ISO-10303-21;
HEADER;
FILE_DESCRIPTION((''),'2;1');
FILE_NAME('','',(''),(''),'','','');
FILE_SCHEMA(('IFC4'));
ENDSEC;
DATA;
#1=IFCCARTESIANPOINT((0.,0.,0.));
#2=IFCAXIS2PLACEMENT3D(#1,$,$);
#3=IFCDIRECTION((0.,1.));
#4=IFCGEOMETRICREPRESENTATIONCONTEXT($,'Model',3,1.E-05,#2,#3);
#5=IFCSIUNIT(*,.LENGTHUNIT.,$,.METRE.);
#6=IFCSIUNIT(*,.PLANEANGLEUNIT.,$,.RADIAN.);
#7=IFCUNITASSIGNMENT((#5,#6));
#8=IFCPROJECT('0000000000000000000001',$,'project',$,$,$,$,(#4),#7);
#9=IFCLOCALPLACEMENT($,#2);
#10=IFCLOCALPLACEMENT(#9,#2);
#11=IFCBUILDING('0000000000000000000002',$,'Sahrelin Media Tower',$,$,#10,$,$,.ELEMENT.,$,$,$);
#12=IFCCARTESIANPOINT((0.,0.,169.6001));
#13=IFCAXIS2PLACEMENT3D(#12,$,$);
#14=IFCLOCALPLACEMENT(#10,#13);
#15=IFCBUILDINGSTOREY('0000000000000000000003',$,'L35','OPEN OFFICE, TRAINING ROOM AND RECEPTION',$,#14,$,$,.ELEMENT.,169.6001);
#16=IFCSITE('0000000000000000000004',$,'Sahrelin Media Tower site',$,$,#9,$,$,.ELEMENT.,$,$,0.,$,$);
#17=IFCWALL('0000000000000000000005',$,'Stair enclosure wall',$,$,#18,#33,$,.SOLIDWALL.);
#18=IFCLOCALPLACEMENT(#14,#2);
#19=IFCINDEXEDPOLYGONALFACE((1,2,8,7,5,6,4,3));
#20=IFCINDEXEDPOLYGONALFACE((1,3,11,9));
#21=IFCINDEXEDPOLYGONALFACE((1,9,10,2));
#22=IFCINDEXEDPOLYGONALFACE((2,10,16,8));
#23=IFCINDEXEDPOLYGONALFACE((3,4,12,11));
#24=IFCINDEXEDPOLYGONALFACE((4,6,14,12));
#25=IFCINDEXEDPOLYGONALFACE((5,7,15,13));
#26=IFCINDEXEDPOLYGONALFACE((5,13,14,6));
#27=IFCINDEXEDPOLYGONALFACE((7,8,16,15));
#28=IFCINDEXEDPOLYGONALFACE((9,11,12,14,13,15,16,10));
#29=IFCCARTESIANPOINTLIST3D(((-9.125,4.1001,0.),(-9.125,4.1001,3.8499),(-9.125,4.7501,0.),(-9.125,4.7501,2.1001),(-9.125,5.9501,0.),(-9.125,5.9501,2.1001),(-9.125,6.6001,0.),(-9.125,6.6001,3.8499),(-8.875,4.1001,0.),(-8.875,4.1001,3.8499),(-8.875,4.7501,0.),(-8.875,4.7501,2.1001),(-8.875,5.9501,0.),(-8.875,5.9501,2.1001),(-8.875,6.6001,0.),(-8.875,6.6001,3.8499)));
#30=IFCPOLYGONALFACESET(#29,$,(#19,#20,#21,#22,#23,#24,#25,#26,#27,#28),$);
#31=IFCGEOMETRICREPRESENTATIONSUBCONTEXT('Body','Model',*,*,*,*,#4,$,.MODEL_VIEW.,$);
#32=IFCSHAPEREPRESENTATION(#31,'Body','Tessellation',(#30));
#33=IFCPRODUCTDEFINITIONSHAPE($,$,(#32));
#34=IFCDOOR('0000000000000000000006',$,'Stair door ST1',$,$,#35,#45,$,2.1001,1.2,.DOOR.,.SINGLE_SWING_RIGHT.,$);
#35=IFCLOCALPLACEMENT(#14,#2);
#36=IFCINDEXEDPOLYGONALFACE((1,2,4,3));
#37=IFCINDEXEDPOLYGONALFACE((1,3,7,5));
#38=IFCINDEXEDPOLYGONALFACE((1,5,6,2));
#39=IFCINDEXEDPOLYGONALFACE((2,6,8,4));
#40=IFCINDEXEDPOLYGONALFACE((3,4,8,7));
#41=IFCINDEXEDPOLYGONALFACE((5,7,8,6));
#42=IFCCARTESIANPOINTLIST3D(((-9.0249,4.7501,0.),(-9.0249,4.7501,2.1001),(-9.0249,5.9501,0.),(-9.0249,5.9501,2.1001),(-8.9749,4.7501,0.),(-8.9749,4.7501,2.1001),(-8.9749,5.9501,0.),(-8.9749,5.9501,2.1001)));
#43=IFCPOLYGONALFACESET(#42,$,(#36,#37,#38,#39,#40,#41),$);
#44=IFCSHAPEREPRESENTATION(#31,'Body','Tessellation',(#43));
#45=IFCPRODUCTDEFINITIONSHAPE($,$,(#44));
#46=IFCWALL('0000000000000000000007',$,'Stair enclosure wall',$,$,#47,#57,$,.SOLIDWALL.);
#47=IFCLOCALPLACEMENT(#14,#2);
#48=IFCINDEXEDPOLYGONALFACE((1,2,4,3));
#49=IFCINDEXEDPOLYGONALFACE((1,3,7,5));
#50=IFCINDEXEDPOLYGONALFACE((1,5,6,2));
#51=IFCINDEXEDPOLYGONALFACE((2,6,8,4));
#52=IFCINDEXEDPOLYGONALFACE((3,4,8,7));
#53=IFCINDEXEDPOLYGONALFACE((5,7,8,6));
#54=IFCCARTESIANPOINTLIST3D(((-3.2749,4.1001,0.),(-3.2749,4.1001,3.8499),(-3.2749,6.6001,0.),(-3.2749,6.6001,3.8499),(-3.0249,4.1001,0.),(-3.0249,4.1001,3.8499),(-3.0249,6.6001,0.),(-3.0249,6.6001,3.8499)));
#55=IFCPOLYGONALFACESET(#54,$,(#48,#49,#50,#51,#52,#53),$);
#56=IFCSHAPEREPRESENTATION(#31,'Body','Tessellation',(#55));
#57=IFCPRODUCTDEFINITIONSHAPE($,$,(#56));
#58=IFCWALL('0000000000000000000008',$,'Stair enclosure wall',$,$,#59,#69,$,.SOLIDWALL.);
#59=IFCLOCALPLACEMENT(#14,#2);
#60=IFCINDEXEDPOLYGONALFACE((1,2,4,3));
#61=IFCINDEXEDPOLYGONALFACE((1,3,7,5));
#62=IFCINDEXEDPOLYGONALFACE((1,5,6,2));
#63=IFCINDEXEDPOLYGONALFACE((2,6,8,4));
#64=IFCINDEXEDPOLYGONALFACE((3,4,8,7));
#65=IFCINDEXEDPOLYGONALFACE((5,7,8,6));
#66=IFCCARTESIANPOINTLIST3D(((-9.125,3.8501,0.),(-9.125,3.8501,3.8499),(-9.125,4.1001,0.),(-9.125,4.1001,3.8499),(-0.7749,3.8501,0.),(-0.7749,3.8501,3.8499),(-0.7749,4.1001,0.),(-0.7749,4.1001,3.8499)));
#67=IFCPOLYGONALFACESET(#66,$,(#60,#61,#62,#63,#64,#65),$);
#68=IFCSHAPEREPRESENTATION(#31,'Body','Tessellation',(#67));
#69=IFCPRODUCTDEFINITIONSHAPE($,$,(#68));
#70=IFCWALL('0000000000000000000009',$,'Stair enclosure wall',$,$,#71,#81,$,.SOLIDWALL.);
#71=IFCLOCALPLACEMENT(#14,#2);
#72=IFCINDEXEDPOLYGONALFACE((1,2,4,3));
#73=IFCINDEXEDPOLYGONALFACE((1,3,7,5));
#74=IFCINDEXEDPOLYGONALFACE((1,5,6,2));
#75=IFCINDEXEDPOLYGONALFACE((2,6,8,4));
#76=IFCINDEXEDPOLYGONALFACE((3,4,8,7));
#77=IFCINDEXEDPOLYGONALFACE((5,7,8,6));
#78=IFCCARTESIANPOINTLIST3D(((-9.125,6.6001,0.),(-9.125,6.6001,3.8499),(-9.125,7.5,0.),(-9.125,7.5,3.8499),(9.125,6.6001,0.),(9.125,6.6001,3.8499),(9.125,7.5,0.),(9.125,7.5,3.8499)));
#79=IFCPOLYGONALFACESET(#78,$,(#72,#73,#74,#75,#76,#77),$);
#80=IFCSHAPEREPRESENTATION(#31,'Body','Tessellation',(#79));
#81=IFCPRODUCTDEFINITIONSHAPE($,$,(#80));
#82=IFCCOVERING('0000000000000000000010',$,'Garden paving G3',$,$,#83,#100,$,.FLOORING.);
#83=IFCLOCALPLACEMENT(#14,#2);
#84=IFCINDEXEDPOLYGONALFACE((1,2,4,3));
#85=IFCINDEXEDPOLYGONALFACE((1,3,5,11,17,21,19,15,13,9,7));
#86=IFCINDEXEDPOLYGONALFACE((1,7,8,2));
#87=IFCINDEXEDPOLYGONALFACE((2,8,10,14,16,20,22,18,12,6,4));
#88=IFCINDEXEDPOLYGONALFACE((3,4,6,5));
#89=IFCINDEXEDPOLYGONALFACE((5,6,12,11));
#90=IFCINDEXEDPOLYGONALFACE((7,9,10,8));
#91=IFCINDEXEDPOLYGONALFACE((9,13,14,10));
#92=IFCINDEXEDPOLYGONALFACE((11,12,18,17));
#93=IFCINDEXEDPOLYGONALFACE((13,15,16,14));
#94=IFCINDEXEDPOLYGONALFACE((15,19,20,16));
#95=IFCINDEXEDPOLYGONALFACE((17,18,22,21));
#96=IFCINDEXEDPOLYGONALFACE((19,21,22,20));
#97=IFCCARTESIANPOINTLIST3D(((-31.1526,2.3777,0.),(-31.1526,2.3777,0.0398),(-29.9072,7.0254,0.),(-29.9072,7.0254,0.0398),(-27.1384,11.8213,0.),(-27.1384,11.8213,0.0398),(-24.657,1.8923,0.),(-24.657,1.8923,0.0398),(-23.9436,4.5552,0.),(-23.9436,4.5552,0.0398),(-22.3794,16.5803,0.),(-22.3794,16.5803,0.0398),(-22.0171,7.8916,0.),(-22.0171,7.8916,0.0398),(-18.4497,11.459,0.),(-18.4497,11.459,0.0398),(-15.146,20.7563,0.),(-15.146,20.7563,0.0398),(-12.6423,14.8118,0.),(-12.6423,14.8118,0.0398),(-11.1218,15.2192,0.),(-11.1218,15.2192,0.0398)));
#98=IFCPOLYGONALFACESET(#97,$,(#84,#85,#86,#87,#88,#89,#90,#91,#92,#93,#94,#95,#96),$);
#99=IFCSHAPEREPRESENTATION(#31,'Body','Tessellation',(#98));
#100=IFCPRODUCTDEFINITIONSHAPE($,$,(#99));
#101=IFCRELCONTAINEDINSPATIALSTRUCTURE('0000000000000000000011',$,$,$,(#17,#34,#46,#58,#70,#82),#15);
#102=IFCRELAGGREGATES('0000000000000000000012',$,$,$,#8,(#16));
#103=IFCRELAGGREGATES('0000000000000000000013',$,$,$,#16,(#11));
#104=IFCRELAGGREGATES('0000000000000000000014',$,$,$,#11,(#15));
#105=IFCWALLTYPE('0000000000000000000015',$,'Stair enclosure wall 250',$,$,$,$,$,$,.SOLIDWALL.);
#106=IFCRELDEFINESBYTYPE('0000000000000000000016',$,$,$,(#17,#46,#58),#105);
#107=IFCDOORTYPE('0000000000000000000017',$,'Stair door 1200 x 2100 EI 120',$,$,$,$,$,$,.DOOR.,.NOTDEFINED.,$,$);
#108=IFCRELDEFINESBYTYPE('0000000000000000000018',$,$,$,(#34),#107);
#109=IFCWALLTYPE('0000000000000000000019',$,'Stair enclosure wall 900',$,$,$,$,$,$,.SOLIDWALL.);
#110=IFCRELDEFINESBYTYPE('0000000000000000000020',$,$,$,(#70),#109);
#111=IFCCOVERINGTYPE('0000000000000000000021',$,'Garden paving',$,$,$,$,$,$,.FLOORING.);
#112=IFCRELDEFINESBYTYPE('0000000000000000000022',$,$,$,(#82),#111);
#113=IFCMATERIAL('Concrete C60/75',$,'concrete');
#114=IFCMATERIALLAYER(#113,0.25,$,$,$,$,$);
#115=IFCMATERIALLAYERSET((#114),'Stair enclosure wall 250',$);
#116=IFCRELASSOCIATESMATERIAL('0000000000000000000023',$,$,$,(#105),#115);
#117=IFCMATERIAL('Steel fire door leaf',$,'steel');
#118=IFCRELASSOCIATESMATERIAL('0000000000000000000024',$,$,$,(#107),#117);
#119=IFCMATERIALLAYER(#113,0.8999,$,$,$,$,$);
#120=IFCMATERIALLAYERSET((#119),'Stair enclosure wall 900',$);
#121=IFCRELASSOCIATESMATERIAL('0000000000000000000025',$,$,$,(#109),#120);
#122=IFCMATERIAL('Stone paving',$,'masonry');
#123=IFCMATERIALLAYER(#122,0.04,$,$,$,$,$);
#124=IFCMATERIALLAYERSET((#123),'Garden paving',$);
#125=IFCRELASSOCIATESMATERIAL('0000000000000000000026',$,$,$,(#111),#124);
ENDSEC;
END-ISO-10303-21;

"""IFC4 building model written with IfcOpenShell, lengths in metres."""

from ifc_helpers import new_model, si_unit, direction, frame, frame_2d, origin, place, context, subcontext, project, spatial, polyline, rectangle, outline, extrude, material, layer, layer_set, type_object, element, fill, save


model = new_model("IFC4")

# Units and contexts
model_context = context("Model", 3, precision=1e-05, world=origin(), true_north=direction((0.0, 1.0)))
body_context = subcontext(model_context, "Body", "Model", "MODEL_VIEW")
ifc_project = project(units=[si_unit("LENGTHUNIT", "METRE"), si_unit("PLANEANGLEUNIT", "RADIAN")], contexts=[model_context])

# Site, building, storey
site_placement = place(None, origin())
site = spatial("IfcSite", under=ifc_project, at=site_placement, Name="Sahrelin Media Tower site", CompositionType="ELEMENT", RefElevation=0.0)
building_placement = place(site_placement, origin())
building = spatial("IfcBuilding", under=site, at=building_placement, Name="Sahrelin Media Tower", CompositionType="ELEMENT")
storey_placement = place(building_placement, frame((0.0, 0.0, 169.6001)))
storey = spatial("IfcBuildingStorey", under=building, at=storey_placement, Name="L35", Description="OPEN OFFICE, TRAINING ROOM AND RECEPTION", CompositionType="ELEMENT", Elevation=169.6001)

# Shared definitions
ifc_material_1 = material(Name="Concrete C60/75", Category="concrete")
placement = place(storey_placement, origin())

# Shared definitions
ifc_material_2 = material(Name="Steel fire door leaf", Category="steel")

# Wall, opening, door
ifc_layer_1 = layer(ifc_material_1, 0.25)
ifc_layer_set_1 = layer_set([ifc_layer_1], Name="Stair enclosure wall 250")
wall_type_1 = type_object("IfcWallType", Name="Stair enclosure wall 250", PredefinedType="SOLIDWALL", material=ifc_layer_set_1)
wall_1_placement = place(storey_placement, frame((-9.0, 4.1001, 0.0), z_axis=(0.0, 0.0, 1.0), x_axis=(0.0, 1.0, 0.0)))
wall_1 = element("IfcWall", 1, at=wall_1_placement, inside=storey, type_object=wall_type_1, Name="Stair enclosure wall", PredefinedType="SOLIDWALL", context=body_context, shape_type="SweptSolid", body=[
    extrude(rectangle(XDim=2.5, YDim=0.25, at=frame_2d((1.25, 0.0))), origin(), (0.0, 0.0, 1.0), 3.8499),
])
opening_1_placement = place(wall_1_placement, frame((0.6499, 0.0, 0.0)))
opening_1 = element("IfcOpeningElement", 2, at=opening_1_placement, cuts=wall_1, PredefinedType="OPENING", context=body_context, shape_type="SweptSolid", body=[
    extrude(rectangle(XDim=1.2, YDim=2.1001, at=frame_2d((0.6001, 1.05))), frame((0.0, 0.125, 0.0), z_axis=(0.0, -1.0, 0.0), x_axis=(1.0, 0.0, 0.0)), (0.0, 0.0, 1.0), 0.25),
])
door_type_1 = type_object("IfcDoorType", Name="Stair door 1200 x 2100 EI 120", OperationType="NOTDEFINED", PredefinedType="DOOR", material=ifc_material_2)
door_1_placement = place(opening_1_placement, origin())
door_1 = element("IfcDoor", 3, at=door_1_placement, inside=storey, type_object=door_type_1, Name="Stair door ST1", OperationType="SINGLE_SWING_RIGHT", OverallHeight=2.1001, OverallWidth=1.2, PredefinedType="DOOR", context=body_context, shape_type="SweptSolid", body=[
    extrude(rectangle(XDim=1.2, YDim=2.1001, at=frame_2d((0.6001, 1.05))), frame((0.0, 0.0249, 0.0), z_axis=(0.0, -1.0, 0.0), x_axis=(1.0, 0.0, 0.0)), (0.0, 0.0, 1.0), 0.05),
])
fill(opening_1, door_1)

# Walls
wall_2_placement = place(storey_placement, frame((-3.1499, 4.1001, 0.0), z_axis=(0.0, 0.0, 1.0), x_axis=(0.0, 1.0, 0.0)))
element("IfcWall", 4, at=wall_2_placement, inside=storey, type_object=wall_type_1, Name="Stair enclosure wall", PredefinedType="SOLIDWALL", context=body_context, shape_type="SweptSolid", body=[
    extrude(rectangle(XDim=2.5, YDim=0.25, at=frame_2d((1.25, 0.0))), origin(), (0.0, 0.0, 1.0), 3.8499),
])
wall_3_placement = place(storey_placement, frame((-9.125, 3.9751, 0.0), z_axis=(0.0, 0.0, 1.0), x_axis=(1.0, 0.0, 0.0)))
element("IfcWall", 5, at=wall_3_placement, inside=storey, type_object=wall_type_1, Name="Stair enclosure wall", PredefinedType="SOLIDWALL", context=body_context, shape_type="SweptSolid", body=[
    extrude(rectangle(XDim=8.3501, YDim=0.25, at=frame_2d((4.175, 0.0))), origin(), (0.0, 0.0, 1.0), 3.8499),
])
ifc_layer_2 = layer(ifc_material_1, 0.8999)
ifc_layer_set_2 = layer_set([ifc_layer_2], Name="Stair enclosure wall 900")
wall_type_2 = type_object("IfcWallType", Name="Stair enclosure wall 900", PredefinedType="SOLIDWALL", material=ifc_layer_set_2)
wall_4_placement = place(storey_placement, frame((-9.125, 7.05, 0.0), z_axis=(0.0, 0.0, 1.0), x_axis=(1.0, 0.0, 0.0)))
element("IfcWall", 6, at=wall_4_placement, inside=storey, type_object=wall_type_2, Name="Stair enclosure wall", PredefinedType="SOLIDWALL", context=body_context, shape_type="SweptSolid", body=[
    extrude(rectangle(XDim=18.25, YDim=0.8999, at=frame_2d((9.125, 0.0))), origin(), (0.0, 0.0, 1.0), 3.8499),
])

# Covering
ifc_material_3 = material(Name="Stone paving", Category="masonry")
ifc_layer_3 = layer(ifc_material_3, 0.04)
ifc_layer_set_3 = layer_set([ifc_layer_3], Name="Garden paving")
covering_type = type_object("IfcCoveringType", Name="Garden paving", PredefinedType="FLOORING", material=ifc_layer_set_3)
element("IfcCovering", 7, at=placement, inside=storey, type_object=covering_type, Name="Garden paving G3", PredefinedType="FLOORING", context=body_context, shape_type="SweptSolid", body=[
    extrude(outline(polyline([(-27.1384, 11.8213), (-22.3794, 16.5803), (-15.146, 20.7563), (-11.1218, 15.2192), (-12.6423, 14.8118), (-18.4497, 11.459), (-22.0171, 7.8916), (-23.9436, 4.5552), (-24.657, 1.8923), (-31.1526, 2.3777), (-29.9072, 7.0254), (-27.1384, 11.8213)])), origin(), (0.0, 0.0, 1.0), 0.0398),
])

save(model, "model.ifc")
